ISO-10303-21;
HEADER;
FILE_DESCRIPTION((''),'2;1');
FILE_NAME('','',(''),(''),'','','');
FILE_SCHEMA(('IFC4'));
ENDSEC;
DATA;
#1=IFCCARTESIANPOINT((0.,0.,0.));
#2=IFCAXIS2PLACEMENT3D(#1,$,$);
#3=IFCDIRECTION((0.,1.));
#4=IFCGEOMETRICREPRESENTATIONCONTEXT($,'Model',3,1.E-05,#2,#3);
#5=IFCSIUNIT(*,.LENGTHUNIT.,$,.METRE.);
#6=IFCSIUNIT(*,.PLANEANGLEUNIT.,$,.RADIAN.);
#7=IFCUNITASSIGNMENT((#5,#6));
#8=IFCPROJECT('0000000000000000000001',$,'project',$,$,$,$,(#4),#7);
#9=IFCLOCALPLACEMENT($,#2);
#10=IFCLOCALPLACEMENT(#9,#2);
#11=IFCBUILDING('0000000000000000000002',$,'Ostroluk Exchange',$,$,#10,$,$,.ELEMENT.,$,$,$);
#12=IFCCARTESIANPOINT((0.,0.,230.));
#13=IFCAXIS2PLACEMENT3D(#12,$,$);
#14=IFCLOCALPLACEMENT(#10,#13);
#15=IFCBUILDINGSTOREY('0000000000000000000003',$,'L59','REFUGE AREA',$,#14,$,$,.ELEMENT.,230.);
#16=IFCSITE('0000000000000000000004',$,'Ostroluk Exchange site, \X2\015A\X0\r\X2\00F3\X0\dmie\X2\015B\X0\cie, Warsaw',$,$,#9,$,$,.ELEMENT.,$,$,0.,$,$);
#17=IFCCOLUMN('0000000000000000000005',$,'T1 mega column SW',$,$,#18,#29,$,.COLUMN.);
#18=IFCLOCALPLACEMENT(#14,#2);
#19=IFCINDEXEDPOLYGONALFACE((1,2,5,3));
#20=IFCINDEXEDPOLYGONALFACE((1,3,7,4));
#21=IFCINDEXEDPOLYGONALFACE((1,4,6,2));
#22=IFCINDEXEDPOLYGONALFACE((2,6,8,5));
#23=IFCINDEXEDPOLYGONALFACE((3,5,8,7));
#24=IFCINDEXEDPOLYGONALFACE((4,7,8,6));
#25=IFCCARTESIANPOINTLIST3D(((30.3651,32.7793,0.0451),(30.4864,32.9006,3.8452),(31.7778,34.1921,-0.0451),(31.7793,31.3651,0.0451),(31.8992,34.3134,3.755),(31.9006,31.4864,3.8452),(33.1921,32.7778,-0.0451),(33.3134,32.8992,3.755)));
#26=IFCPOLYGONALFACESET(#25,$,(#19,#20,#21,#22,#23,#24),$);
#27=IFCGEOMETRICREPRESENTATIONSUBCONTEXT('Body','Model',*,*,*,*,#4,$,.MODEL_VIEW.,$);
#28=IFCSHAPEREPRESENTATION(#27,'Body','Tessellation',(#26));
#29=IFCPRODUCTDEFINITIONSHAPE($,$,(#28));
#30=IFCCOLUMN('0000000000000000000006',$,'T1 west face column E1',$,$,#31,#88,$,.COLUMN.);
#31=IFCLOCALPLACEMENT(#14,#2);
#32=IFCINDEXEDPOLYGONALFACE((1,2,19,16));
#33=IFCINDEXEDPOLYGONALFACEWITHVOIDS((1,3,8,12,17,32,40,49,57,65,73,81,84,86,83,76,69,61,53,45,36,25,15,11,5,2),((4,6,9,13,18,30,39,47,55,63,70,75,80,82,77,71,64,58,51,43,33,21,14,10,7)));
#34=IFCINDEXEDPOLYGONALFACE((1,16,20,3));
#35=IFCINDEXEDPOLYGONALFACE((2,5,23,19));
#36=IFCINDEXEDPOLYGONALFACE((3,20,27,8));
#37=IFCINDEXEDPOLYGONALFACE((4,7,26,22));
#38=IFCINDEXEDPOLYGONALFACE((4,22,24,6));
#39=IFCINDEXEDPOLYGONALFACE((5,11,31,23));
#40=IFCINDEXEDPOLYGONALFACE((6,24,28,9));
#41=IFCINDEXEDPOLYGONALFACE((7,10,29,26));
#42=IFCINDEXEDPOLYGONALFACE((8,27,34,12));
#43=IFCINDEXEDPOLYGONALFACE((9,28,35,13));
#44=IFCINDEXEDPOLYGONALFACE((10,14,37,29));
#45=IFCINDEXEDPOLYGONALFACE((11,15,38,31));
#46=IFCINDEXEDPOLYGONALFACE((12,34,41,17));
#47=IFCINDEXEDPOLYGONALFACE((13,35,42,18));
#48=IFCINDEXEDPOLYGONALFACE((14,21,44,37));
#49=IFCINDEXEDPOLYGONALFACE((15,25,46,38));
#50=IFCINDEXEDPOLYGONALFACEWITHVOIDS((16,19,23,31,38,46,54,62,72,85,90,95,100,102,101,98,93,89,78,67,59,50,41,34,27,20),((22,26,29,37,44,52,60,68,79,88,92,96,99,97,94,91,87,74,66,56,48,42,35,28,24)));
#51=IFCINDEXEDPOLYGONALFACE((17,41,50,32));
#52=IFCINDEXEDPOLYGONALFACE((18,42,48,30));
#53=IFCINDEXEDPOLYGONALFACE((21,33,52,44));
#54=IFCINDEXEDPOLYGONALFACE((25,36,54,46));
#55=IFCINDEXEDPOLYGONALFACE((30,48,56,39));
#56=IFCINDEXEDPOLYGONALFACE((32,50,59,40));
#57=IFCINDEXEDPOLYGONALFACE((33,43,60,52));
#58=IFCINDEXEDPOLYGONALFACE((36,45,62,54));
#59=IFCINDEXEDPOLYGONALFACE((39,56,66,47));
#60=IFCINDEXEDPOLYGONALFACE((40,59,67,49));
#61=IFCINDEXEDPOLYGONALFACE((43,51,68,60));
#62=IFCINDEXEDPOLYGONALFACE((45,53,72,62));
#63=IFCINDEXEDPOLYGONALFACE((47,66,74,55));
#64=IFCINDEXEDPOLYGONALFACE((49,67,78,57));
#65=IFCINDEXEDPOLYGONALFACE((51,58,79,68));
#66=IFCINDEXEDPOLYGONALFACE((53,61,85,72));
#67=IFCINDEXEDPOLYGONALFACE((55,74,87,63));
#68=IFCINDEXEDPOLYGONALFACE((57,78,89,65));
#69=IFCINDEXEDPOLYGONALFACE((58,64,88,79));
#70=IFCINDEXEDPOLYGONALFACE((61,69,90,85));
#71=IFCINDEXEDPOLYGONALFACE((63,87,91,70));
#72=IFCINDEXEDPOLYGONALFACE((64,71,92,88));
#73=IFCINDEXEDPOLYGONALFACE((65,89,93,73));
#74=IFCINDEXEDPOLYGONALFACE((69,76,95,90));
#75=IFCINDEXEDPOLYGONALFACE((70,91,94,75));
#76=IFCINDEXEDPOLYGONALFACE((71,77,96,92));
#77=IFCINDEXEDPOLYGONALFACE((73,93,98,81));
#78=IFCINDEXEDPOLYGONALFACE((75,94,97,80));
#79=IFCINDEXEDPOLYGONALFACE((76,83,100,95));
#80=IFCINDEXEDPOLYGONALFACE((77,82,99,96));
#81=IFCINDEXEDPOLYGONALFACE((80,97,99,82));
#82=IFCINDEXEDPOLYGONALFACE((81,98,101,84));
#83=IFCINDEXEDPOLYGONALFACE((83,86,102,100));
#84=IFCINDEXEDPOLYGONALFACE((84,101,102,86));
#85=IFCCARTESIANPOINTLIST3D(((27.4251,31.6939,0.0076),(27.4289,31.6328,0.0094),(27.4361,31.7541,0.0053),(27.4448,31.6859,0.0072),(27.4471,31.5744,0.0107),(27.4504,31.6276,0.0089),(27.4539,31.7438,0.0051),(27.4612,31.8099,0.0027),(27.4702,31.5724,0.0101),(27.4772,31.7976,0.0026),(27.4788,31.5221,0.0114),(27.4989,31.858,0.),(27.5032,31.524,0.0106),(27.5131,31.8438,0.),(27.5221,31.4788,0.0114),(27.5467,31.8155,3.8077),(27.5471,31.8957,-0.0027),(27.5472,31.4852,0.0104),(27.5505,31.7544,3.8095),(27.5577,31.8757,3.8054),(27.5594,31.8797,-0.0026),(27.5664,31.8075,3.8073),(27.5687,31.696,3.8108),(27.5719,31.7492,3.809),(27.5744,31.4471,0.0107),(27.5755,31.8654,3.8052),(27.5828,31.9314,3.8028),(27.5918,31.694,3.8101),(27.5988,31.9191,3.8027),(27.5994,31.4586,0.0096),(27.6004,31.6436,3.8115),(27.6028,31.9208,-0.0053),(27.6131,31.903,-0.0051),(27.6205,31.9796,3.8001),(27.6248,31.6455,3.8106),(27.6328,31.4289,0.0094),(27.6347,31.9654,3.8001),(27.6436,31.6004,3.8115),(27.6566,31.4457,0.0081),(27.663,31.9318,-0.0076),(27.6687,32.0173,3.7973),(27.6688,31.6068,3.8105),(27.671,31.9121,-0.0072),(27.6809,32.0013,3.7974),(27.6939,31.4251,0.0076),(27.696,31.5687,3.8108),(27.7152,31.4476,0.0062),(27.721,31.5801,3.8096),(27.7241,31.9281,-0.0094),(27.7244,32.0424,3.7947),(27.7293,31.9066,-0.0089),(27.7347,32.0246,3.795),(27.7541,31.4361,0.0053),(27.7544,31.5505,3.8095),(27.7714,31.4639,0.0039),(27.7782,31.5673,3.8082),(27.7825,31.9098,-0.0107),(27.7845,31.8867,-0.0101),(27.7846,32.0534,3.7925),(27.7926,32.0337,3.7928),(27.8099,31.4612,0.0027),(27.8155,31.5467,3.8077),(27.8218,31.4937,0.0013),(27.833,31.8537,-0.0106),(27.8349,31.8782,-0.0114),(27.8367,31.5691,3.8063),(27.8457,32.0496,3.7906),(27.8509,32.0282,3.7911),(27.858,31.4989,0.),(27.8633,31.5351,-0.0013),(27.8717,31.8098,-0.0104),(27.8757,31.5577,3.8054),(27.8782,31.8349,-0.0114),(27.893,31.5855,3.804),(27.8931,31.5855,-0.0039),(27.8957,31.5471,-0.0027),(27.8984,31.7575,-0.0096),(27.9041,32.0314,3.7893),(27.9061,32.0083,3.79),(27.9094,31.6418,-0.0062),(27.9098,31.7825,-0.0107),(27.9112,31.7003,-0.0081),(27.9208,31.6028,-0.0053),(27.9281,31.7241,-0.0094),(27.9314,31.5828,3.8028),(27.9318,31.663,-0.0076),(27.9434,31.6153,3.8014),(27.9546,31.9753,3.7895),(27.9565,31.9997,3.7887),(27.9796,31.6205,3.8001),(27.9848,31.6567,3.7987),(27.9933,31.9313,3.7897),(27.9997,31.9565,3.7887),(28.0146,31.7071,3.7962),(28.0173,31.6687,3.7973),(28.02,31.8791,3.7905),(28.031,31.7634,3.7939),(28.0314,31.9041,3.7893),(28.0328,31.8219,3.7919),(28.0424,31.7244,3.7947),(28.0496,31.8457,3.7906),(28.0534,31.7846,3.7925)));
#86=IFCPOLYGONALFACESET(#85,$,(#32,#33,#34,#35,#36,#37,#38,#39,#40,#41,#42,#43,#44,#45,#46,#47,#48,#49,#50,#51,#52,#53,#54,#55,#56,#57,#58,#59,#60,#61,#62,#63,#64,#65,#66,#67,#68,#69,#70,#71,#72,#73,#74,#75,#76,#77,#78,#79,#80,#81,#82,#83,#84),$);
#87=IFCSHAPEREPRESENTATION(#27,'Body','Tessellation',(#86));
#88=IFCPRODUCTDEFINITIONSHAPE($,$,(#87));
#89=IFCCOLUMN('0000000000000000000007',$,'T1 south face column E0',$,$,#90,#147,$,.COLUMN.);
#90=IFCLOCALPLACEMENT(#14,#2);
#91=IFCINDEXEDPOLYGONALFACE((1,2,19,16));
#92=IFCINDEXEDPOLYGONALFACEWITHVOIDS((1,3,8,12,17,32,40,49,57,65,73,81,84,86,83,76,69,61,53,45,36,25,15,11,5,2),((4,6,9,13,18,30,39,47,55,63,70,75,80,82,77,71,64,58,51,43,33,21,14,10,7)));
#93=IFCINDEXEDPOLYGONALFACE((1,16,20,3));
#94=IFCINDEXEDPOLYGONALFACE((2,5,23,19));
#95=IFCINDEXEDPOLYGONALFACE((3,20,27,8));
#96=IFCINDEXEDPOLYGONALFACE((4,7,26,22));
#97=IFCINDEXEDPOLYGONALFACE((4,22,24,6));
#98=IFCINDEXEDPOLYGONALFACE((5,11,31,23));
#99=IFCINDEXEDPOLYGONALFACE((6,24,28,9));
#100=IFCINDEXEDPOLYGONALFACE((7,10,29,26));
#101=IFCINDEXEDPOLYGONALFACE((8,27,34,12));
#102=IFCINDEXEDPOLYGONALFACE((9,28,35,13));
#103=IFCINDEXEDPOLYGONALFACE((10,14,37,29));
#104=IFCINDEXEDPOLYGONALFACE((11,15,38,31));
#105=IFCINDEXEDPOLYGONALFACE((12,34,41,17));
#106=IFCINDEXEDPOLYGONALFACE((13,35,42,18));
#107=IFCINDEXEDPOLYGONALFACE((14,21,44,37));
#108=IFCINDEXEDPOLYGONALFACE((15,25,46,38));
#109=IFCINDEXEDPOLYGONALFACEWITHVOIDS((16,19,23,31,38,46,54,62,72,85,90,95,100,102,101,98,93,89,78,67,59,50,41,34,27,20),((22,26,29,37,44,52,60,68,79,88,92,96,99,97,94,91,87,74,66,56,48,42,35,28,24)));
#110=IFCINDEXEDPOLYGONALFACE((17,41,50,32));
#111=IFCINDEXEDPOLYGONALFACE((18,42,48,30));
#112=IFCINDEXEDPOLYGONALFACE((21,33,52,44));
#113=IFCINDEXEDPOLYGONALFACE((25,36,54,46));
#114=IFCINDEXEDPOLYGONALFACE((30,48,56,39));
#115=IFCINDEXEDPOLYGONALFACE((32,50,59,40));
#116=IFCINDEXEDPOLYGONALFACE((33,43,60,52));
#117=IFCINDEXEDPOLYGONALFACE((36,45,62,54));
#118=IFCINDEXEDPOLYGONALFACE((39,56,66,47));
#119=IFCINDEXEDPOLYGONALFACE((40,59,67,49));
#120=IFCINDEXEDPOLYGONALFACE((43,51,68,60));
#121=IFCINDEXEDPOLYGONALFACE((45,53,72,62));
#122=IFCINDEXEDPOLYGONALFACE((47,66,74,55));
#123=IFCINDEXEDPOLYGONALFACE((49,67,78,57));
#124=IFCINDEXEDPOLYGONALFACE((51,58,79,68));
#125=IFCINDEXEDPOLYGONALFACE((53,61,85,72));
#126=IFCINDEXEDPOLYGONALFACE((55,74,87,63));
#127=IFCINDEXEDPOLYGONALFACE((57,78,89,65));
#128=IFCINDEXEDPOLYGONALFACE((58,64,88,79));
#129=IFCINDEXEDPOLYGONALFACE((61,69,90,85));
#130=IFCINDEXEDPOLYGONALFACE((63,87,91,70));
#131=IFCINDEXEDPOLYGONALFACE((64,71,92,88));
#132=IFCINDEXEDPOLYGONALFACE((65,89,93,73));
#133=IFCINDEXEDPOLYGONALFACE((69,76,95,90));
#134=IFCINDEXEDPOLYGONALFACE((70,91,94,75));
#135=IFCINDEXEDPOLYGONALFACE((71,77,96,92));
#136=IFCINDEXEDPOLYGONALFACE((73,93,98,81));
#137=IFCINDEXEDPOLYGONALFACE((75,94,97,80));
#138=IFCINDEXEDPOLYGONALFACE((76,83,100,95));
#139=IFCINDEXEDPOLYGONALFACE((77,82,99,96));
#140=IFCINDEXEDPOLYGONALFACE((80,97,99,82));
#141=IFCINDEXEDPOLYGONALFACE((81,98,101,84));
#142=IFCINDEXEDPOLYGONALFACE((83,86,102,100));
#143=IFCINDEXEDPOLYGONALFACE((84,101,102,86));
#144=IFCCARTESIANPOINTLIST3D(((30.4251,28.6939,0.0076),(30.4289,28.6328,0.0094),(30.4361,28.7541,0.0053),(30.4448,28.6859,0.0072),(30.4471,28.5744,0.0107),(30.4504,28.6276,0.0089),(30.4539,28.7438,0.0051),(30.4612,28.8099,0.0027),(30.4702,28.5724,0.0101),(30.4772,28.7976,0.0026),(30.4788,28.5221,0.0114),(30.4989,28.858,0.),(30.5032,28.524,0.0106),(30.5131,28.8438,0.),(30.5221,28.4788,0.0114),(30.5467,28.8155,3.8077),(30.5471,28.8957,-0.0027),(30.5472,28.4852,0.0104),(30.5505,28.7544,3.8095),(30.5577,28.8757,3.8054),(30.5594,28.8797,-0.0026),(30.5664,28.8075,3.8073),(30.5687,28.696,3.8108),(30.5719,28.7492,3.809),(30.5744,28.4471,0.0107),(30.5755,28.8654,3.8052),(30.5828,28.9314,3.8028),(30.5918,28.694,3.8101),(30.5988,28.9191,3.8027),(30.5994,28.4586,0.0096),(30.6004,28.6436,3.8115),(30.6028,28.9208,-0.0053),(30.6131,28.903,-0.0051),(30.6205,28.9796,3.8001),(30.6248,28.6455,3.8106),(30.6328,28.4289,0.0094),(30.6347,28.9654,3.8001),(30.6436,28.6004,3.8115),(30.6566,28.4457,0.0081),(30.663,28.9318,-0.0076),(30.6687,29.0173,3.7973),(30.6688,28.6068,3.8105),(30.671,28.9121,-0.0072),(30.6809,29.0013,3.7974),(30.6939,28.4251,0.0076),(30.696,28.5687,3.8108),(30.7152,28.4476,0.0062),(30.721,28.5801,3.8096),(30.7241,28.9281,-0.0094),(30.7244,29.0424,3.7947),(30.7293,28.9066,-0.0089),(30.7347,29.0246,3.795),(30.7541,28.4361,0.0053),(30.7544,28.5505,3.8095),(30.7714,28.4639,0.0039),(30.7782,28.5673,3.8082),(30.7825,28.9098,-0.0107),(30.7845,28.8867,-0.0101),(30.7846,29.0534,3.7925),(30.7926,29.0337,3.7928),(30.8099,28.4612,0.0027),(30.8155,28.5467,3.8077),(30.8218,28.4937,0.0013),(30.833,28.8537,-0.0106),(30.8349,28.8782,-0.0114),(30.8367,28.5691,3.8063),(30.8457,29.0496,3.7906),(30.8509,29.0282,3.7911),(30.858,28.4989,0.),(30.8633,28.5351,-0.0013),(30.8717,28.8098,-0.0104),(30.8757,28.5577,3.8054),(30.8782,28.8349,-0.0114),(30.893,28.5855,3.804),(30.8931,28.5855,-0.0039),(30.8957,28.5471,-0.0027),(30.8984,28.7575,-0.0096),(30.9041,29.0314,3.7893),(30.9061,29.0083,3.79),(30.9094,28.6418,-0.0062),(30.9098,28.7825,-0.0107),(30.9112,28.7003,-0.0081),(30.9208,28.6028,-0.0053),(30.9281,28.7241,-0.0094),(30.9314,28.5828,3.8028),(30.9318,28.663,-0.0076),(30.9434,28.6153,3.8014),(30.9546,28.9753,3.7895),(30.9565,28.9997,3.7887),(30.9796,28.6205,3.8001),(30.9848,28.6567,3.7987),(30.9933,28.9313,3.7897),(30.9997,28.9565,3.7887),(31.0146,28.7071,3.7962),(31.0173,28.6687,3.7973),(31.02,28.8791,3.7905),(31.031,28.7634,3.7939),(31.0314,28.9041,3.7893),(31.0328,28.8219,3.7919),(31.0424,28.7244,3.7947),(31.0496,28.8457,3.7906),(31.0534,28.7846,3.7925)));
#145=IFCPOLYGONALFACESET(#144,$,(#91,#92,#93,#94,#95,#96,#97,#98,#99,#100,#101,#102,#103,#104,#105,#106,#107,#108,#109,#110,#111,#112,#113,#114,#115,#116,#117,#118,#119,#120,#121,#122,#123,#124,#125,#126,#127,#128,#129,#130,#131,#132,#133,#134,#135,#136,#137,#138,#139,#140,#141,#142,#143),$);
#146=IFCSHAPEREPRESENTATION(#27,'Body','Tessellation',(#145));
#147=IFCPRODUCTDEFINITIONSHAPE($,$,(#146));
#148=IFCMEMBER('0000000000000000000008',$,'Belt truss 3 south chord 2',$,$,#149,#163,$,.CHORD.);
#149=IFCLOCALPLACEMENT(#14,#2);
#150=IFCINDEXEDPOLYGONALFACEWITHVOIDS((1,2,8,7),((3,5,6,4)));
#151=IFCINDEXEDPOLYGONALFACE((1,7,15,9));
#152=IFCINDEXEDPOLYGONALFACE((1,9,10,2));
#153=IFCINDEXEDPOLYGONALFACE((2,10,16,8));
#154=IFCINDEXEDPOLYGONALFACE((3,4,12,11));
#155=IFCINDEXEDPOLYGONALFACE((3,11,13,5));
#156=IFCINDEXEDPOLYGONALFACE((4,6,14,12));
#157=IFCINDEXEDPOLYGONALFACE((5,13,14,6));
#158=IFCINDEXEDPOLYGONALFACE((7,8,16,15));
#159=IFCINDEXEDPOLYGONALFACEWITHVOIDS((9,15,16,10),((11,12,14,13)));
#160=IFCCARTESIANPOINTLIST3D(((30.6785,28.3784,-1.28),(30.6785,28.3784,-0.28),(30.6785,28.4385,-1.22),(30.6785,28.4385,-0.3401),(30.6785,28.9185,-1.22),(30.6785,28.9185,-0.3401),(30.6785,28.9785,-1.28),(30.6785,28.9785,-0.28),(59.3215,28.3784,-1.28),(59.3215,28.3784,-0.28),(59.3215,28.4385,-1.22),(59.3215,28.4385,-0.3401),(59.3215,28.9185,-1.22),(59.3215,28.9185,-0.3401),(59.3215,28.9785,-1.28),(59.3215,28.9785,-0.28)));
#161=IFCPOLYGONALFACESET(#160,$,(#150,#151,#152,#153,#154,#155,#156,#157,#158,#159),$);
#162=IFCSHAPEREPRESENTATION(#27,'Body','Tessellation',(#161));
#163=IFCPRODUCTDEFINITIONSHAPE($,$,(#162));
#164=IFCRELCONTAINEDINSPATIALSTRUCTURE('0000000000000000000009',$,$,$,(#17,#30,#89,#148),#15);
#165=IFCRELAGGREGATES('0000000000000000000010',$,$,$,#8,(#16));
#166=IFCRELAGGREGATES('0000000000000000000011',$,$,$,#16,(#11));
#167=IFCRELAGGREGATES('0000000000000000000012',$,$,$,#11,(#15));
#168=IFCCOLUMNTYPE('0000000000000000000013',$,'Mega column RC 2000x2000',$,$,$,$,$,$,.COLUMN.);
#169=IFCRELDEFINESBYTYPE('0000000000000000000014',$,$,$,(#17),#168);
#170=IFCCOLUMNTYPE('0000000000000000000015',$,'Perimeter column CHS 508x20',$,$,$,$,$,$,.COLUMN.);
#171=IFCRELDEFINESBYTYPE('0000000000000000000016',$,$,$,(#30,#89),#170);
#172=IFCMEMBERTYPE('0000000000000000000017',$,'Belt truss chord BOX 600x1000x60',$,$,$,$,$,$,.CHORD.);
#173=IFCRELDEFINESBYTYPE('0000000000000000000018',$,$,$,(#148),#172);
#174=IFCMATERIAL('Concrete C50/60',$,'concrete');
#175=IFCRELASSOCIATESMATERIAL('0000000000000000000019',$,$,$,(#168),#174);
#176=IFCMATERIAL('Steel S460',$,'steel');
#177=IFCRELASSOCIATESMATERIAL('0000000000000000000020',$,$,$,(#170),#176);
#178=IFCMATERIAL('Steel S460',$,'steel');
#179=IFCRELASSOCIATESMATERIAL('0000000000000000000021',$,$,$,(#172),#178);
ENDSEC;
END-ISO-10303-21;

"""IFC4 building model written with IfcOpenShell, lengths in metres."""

from ifc_helpers import new_model, si_unit, direction, frame, origin, origin_2d, place, context, subcontext, project, spatial, rectangle, hollow_rectangle, hollow_circle, extrude, material, material_profile, profile_set, type_object, element, save


model = new_model("IFC4")

# Units and contexts
model_context = context("Model", 3, precision=1e-05, world=origin(), true_north=direction((0.0, 1.0)))
body_context = subcontext(model_context, "Body", "Model", "MODEL_VIEW")
ifc_project = project(units=[si_unit("LENGTHUNIT", "METRE"), si_unit("PLANEANGLEUNIT", "RADIAN")], contexts=[model_context])

# Site, building, storey
site_placement = place(None, origin())
site = spatial("IfcSite", under=ifc_project, at=site_placement, Name="Ostroluk Exchange site, Śródmieście, Warsaw", CompositionType="ELEMENT", RefElevation=0.0)
building_placement = place(site_placement, origin())
building = spatial("IfcBuilding", under=site, at=building_placement, Name="Ostroluk Exchange", CompositionType="ELEMENT")
storey_placement = place(building_placement, frame((0.0, 0.0, 230.0)))
storey = spatial("IfcBuildingStorey", under=building, at=storey_placement, Name="L59", Description="REFUGE AREA", CompositionType="ELEMENT", Elevation=230.0)

# Columns
ifc_material_1 = material(Name="Concrete C50/60", Category="concrete")
ifc_material_profile_1 = material_profile(ifc_material_1, rectangle(XDim=2.0, YDim=2.0, at=origin_2d()), Name="RC 2000x2000")
ifc_profile_set_1 = profile_set([ifc_material_profile_1], Name="Concrete C50/60")
column_type_1 = type_object("IfcColumnType", Name="Mega column RC 2000x2000", PredefinedType="COLUMN", material=ifc_profile_set_1)
column_placement = place(storey_placement, frame((31.7786, 32.7786, 0.0), z_axis=(0.031898, 0.031898, 0.998982), x_axis=(-0.707107, 0.707107, 0.0)))
element("IfcColumn", 1, at=column_placement, inside=storey, type_object=column_type_1, Name="T1 mega column SW", PredefinedType="COLUMN", context=body_context, shape_type="SweptSolid", body=[
    extrude(rectangle(XDim=2.0, YDim=2.0, at=origin_2d()), origin(), (0.0, 0.0, 1.0), 3.804),
])
ifc_material_2 = material(Name="Steel S460", Category="steel")
ifc_material_profile_2 = material_profile(ifc_material_2, hollow_circle(Radius=0.2539, WallThickness=0.02, at=origin_2d()), Name="CHS 508x20")
ifc_profile_set_2 = profile_set([ifc_material_profile_2], Name="Steel S460")
column_type_2 = type_object("IfcColumnType", Name="Perimeter column CHS 508x20", PredefinedType="COLUMN", material=ifc_profile_set_2)
for number, where, z_axis, x_axis, name in (
    (2, (27.6785, 31.6785, 0.0), (0.031962, 0.031962, 0.998978), (-0.707107, 0.707107, 0.0), "T1 west face column E1"),
    (3, (30.6785, 28.6785, 0.0), (0.031962, 0.031962, 0.998978), (-0.707107, 0.707107, 0.0), "T1 south face column E0"),
):
    element("IfcColumn", number, at=place(storey_placement, frame(where, z_axis=z_axis, x_axis=x_axis)), inside=storey, type_object=column_type_2, Name=name, PredefinedType="COLUMN", context=body_context, shape_type="SweptSolid", body=[
        extrude(hollow_circle(Radius=0.2539, WallThickness=0.02, at=origin_2d()), origin(), (0.0, 0.0, 1.0), 3.804),
    ])

# Member
ifc_material_3 = material(Name="Steel S460", Category="steel")
ifc_material_profile_3 = material_profile(ifc_material_3, hollow_rectangle(XDim=0.6001, YDim=1.0, WallThickness=0.0601, at=origin_2d()), Name="BOX 600x1000x60")
ifc_profile_set_3 = profile_set([ifc_material_profile_3], Name="Steel S460")
member_type_1 = type_object("IfcMemberType", Name="Belt truss chord BOX 600x1000x60", PredefinedType="CHORD", material=ifc_profile_set_3)
member_1_placement = place(storey_placement, frame((30.6785, 28.6785, -0.78), z_axis=(1.0, 0.0, 0.0), x_axis=(0.0, 1.0, 0.0)))
element("IfcMember", 4, at=member_1_placement, inside=storey, type_object=member_type_1, Name="Belt truss 3 south chord 2", PredefinedType="CHORD", context=body_context, shape_type="SweptSolid", body=[
    extrude(hollow_rectangle(XDim=0.6001, YDim=1.0, WallThickness=0.0601, at=origin_2d()), origin(), (0.0, 0.0, 1.0), 28.6431),
])

save(model, "model.ifc")
